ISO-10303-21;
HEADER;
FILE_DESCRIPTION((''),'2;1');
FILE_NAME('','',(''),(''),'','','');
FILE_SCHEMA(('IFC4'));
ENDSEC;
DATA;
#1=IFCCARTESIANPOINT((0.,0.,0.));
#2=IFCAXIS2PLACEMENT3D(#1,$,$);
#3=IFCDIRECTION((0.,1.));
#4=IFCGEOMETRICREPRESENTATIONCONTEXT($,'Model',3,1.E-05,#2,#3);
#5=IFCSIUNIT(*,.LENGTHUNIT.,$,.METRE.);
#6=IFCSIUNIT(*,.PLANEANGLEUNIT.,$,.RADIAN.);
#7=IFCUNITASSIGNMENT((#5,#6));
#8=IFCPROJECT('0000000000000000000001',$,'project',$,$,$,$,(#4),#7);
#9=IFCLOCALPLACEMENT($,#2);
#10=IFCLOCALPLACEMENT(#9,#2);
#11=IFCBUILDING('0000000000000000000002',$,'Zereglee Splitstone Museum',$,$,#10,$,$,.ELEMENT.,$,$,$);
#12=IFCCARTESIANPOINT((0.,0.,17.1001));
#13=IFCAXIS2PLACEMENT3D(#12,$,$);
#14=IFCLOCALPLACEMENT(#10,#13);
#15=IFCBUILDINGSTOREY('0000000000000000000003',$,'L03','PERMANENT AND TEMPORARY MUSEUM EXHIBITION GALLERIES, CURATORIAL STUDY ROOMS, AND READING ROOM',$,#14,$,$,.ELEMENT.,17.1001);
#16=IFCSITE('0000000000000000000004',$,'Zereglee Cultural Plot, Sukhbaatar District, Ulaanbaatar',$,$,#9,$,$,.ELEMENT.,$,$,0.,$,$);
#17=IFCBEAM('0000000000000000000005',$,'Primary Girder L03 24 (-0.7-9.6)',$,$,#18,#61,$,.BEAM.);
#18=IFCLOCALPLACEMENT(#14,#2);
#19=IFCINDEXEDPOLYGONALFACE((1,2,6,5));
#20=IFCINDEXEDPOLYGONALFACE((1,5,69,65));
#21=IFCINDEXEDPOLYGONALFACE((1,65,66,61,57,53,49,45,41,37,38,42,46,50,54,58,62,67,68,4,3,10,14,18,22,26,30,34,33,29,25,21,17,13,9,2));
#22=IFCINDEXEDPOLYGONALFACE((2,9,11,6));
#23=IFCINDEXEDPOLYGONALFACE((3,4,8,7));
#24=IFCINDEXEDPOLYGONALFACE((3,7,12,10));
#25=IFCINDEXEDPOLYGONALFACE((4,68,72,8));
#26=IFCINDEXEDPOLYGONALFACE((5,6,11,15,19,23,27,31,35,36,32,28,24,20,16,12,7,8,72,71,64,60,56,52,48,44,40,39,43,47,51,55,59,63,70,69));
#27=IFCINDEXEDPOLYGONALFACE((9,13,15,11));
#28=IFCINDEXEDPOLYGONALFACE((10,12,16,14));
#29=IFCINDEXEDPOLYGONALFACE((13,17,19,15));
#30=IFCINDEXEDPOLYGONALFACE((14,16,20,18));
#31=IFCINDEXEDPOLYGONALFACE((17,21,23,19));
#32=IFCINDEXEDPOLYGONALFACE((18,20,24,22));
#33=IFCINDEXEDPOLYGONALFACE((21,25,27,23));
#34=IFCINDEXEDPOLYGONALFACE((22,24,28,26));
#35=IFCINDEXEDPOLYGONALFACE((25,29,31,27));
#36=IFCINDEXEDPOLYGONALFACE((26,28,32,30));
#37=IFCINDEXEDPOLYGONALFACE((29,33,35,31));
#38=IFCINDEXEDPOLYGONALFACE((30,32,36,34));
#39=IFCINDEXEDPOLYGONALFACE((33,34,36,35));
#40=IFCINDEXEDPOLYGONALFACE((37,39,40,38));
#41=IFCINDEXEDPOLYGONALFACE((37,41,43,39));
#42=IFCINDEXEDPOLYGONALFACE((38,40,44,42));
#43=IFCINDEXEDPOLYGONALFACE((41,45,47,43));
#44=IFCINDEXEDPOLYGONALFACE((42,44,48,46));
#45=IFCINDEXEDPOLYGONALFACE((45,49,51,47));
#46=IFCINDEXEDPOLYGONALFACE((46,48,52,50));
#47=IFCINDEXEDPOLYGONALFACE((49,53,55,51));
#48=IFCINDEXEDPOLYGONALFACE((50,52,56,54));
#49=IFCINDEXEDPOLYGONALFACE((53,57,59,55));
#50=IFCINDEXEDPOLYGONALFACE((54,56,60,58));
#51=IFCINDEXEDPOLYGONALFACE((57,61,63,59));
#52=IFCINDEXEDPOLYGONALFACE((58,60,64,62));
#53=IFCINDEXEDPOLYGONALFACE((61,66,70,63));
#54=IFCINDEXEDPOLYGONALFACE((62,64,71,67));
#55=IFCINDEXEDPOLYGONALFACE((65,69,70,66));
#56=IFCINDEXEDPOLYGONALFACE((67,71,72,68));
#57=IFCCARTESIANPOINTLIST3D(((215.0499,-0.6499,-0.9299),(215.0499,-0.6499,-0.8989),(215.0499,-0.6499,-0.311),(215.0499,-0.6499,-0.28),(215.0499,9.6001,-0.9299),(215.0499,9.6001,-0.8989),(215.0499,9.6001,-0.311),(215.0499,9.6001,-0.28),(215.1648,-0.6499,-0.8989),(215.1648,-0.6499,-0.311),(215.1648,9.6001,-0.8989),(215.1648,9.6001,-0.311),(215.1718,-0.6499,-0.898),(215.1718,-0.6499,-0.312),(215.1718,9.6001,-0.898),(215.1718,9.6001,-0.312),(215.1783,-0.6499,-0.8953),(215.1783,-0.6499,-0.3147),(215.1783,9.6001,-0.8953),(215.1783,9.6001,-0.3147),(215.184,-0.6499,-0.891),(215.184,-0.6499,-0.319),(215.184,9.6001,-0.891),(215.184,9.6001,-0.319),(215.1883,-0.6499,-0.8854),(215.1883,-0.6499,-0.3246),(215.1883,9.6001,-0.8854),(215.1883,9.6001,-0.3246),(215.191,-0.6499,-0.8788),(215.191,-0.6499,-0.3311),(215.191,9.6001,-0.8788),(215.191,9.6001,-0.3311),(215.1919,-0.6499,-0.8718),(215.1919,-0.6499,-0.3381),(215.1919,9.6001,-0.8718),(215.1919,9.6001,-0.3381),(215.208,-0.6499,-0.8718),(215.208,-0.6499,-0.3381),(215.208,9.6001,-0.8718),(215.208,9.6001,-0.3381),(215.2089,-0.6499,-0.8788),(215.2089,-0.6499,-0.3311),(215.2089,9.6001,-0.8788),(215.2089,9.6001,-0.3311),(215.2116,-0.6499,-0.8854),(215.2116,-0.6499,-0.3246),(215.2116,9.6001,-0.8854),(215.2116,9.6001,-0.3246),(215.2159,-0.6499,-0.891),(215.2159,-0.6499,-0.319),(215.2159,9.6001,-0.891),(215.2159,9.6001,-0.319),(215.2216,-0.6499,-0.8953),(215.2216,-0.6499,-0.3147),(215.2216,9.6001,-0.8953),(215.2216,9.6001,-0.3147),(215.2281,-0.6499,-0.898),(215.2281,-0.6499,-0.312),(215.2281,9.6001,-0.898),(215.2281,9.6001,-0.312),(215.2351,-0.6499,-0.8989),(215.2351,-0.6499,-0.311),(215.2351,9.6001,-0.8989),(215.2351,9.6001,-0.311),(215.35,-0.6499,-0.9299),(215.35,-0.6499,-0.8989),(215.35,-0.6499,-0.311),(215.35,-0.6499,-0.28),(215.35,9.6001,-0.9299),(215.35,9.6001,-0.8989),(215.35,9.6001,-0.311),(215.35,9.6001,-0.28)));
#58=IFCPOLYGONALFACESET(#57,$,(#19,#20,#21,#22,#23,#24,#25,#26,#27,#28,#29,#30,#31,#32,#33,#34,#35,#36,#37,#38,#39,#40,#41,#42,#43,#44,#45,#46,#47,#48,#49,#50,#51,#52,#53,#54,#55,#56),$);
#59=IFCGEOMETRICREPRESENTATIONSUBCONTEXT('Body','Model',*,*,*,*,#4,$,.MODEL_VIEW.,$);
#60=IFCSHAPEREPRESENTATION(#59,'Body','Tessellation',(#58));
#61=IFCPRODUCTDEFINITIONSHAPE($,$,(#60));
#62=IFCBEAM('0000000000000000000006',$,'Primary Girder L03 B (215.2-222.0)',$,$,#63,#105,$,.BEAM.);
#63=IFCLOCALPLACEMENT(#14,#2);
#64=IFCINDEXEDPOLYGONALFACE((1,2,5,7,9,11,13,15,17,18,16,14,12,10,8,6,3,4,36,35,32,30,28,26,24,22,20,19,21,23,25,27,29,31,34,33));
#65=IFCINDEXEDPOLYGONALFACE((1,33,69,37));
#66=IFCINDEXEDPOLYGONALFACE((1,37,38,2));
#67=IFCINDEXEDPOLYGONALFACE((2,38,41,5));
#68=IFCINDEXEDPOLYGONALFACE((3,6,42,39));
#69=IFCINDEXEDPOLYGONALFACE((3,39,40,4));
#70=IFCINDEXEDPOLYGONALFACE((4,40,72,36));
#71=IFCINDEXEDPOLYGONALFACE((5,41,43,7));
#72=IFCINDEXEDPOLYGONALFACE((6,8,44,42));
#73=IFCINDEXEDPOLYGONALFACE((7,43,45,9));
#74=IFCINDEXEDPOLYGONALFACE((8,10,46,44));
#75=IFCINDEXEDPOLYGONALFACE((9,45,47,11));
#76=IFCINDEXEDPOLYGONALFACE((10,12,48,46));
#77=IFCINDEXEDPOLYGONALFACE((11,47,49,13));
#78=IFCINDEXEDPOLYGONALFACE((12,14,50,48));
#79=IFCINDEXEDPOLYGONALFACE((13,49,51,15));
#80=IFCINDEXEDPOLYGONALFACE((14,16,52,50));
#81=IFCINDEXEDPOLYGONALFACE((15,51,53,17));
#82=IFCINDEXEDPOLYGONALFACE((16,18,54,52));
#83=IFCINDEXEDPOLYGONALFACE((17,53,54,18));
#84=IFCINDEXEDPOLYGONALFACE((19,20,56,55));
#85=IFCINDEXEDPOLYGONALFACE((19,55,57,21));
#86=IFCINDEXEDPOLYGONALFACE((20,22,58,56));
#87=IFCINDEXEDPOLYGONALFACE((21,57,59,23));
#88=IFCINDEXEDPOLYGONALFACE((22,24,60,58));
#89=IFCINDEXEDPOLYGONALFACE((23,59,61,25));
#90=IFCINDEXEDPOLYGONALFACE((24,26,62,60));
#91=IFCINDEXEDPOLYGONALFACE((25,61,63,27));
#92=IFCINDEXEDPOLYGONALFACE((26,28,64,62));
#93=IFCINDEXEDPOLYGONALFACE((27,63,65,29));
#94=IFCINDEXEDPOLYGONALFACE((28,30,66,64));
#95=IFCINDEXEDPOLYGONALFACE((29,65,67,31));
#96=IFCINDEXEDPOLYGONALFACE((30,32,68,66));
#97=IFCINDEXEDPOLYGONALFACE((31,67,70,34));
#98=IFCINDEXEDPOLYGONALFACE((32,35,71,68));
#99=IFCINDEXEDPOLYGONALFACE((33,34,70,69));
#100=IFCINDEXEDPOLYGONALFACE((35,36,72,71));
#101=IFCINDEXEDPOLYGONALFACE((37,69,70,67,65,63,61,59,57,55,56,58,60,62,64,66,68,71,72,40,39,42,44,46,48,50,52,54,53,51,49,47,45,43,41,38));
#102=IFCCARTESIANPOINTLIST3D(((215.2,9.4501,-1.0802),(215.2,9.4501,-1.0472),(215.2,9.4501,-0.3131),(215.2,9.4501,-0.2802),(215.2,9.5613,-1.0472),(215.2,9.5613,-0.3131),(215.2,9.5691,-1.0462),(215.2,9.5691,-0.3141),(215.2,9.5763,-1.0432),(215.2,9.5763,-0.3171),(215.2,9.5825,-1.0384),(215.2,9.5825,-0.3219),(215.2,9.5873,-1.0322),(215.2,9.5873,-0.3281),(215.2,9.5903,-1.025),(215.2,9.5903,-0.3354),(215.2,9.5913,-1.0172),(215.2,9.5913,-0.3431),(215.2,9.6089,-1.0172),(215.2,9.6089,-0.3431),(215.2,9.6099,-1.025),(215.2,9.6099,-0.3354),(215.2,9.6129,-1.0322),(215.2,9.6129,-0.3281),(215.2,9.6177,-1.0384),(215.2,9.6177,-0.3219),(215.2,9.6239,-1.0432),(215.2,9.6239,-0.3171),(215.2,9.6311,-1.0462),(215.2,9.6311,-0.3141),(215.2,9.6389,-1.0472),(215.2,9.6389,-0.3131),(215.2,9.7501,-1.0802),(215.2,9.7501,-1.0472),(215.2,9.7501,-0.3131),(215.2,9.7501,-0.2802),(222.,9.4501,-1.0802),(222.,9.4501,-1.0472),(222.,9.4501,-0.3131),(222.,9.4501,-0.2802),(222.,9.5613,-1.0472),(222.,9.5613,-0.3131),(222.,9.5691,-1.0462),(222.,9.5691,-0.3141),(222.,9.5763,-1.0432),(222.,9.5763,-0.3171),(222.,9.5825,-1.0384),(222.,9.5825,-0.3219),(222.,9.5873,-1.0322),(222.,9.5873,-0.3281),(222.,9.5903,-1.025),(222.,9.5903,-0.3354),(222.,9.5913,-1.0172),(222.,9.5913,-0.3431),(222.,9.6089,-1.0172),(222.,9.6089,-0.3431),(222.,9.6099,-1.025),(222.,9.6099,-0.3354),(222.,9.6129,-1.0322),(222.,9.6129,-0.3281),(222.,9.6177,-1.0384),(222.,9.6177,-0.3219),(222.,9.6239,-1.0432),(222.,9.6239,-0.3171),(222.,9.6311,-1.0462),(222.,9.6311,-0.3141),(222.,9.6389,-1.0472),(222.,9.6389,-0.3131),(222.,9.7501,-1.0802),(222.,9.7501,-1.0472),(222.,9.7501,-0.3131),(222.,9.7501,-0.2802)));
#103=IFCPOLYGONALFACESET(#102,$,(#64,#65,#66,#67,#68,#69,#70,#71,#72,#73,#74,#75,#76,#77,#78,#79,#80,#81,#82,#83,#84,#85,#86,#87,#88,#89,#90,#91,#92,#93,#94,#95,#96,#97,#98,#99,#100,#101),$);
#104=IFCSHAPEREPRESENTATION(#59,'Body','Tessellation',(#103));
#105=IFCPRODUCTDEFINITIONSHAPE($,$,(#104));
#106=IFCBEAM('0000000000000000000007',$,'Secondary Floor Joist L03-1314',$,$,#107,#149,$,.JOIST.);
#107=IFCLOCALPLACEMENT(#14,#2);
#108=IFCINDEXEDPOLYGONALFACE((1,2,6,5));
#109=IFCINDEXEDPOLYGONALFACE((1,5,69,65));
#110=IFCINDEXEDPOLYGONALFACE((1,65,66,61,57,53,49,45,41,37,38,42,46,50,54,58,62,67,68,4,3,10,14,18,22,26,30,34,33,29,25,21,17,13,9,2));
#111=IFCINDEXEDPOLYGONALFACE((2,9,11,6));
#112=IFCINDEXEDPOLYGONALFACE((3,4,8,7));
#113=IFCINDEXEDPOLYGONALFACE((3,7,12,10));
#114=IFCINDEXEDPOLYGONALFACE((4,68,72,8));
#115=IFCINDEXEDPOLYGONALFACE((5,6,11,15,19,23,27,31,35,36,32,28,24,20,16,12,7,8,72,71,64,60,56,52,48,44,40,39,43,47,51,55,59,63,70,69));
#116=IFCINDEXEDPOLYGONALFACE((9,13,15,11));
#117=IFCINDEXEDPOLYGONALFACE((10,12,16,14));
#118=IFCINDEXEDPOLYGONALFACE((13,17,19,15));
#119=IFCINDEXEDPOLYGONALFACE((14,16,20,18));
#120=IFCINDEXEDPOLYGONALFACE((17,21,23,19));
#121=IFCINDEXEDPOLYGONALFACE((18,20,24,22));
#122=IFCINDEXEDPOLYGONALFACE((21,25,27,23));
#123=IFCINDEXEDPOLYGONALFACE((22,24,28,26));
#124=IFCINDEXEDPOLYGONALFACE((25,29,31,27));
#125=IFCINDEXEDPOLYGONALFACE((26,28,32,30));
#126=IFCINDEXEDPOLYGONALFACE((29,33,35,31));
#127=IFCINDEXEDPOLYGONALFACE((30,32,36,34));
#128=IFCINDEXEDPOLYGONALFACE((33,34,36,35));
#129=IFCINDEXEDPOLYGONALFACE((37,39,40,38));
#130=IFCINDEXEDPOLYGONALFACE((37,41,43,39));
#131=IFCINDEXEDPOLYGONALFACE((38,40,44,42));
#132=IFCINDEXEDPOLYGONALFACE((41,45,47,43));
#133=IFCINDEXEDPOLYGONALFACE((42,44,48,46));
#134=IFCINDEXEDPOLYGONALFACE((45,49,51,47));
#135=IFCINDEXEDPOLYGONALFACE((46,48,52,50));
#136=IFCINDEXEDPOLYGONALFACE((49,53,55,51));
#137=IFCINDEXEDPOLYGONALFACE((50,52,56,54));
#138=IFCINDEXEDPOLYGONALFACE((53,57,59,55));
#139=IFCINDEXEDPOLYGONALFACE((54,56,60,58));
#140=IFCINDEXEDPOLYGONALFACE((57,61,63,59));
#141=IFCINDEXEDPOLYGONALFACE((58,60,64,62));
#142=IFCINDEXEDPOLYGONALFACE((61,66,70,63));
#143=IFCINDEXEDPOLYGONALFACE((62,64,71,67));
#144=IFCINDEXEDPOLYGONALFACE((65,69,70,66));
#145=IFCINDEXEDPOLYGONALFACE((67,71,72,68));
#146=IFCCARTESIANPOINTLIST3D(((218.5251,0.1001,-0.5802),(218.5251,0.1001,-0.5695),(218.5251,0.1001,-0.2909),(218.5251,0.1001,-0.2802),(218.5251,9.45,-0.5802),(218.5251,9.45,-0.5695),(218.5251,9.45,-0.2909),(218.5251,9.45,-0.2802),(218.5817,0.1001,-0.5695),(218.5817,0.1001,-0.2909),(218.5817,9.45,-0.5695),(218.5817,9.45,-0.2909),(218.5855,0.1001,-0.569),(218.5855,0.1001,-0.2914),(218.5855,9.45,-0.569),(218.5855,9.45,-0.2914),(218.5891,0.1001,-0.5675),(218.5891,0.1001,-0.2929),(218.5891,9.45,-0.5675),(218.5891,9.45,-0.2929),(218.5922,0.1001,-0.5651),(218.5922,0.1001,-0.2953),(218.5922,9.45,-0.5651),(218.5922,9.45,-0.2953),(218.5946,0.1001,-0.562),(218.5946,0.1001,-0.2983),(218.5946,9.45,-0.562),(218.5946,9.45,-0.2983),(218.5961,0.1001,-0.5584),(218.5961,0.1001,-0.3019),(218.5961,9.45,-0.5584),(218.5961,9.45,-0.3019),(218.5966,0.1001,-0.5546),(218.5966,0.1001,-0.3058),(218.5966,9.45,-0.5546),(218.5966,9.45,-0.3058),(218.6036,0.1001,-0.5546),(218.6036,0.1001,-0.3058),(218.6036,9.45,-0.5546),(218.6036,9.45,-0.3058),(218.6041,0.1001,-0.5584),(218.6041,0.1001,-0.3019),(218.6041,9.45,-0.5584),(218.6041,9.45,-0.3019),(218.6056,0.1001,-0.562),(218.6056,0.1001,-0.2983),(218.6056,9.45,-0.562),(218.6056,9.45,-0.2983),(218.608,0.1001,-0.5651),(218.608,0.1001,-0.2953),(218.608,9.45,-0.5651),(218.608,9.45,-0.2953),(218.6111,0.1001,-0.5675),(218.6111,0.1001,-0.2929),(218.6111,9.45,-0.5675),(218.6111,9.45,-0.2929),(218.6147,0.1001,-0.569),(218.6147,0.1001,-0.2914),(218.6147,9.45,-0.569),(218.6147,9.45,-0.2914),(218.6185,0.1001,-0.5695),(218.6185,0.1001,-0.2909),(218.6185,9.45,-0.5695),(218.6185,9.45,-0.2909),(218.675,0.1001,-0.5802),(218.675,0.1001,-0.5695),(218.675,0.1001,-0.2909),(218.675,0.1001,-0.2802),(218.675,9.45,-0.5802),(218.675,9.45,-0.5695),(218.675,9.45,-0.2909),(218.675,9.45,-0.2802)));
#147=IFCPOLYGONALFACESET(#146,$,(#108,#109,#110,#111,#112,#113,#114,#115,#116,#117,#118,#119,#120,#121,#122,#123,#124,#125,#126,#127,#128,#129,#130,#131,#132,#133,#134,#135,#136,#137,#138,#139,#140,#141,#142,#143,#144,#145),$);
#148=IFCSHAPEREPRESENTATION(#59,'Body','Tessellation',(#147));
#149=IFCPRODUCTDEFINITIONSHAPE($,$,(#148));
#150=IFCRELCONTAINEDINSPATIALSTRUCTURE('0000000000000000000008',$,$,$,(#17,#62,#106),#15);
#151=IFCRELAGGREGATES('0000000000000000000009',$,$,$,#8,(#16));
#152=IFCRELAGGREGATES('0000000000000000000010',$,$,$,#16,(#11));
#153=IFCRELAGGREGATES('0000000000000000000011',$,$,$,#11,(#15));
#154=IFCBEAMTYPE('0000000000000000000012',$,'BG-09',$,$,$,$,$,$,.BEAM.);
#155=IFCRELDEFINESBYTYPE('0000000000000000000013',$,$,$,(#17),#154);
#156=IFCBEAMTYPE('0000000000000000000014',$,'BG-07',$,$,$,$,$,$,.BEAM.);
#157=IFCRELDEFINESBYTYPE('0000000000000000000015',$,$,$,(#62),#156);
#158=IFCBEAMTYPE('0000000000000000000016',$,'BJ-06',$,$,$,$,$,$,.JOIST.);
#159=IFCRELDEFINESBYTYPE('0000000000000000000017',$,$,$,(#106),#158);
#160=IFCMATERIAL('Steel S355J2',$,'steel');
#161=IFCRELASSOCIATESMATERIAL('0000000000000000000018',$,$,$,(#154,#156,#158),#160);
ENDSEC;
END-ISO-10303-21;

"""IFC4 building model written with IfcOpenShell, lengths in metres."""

from ifc_helpers import new_model, si_unit, direction, frame, origin, origin_2d, place, context, subcontext, project, spatial, i_section, extrude, material, material_profile, profile_set, type_object, element, save


model = new_model("IFC4")

# Units and contexts
model_context = context("Model", 3, precision=1e-05, world=origin(), true_north=direction((0.0, 1.0)))
body_context = subcontext(model_context, "Body", "Model", "MODEL_VIEW")
ifc_project = project(units=[si_unit("LENGTHUNIT", "METRE"), si_unit("PLANEANGLEUNIT", "RADIAN")], contexts=[model_context])

# Site, building, storey
site_placement = place(None, origin())
site = spatial("IfcSite", under=ifc_project, at=site_placement, Name="Zereglee Cultural Plot, Sukhbaatar District, Ulaanbaatar", CompositionType="ELEMENT", RefElevation=0.0)
building_placement = place(site_placement, origin())
building = spatial("IfcBuilding", under=site, at=building_placement, Name="Zereglee Splitstone Museum", CompositionType="ELEMENT")
storey_placement = place(building_placement, frame((0.0, 0.0, 17.1001)))
storey = spatial("IfcBuildingStorey", under=building, at=storey_placement, Name="L03", Description="PERMANENT AND TEMPORARY MUSEUM EXHIBITION GALLERIES, CURATORIAL STUDY ROOMS, AND READING ROOM", CompositionType="ELEMENT", Elevation=17.1001)

# Shared definitions
ifc_material_1 = material(Name="Steel S355J2", Category="steel")

# Beams
ifc_material_profile_1 = material_profile(ifc_material_1, i_section(OverallWidth=0.3, OverallDepth=0.6499, WebThickness=0.0161, FlangeThickness=0.031, FilletRadius=0.0271, at=origin_2d()), Name="HE 650 B")
ifc_profile_set_1 = profile_set([ifc_material_profile_1], Name="Steel S355J2")
beam_type_1 = type_object("IfcBeamType", Name="BG-09", PredefinedType="BEAM", material=ifc_profile_set_1)
beam_1_placement = place(storey_placement, frame((215.2, -0.6499, -0.605), z_axis=(0.0, 1.0, 0.0), x_axis=(-1.0, 0.0, 0.0)))
element("IfcBeam", 1, at=beam_1_placement, inside=storey, type_object=beam_type_1, Name="Primary Girder L03 24 (-0.7-9.6)", PredefinedType="BEAM", context=body_context, shape_type="SweptSolid", body=[
    extrude(i_section(OverallWidth=0.3, OverallDepth=0.6499, WebThickness=0.0161, FlangeThickness=0.031, FilletRadius=0.0271, at=origin_2d()), origin(), (0.0, 0.0, 1.0), 10.25),
])
ifc_material_profile_2 = material_profile(ifc_material_1, i_section(OverallWidth=0.3, OverallDepth=0.8, WebThickness=0.0176, FlangeThickness=0.033, FilletRadius=0.03, at=origin_2d()), Name="HE 800 B")
ifc_profile_set_2 = profile_set([ifc_material_profile_2], Name="Steel S355J2")
beam_type_2 = type_object("IfcBeamType", Name="BG-07", PredefinedType="BEAM", material=ifc_profile_set_2)
beam_2_placement = place(storey_placement, frame((215.2, 9.6001, -0.6802), z_axis=(1.0, 0.0, 0.0), x_axis=(0.0, 1.0, 0.0)))
element("IfcBeam", 2, at=beam_2_placement, inside=storey, type_object=beam_type_2, Name="Primary Girder L03 B (215.2-222.0)", PredefinedType="BEAM", context=body_context, shape_type="SweptSolid", body=[
    extrude(i_section(OverallWidth=0.3, OverallDepth=0.8, WebThickness=0.0176, FlangeThickness=0.033, FilletRadius=0.03, at=origin_2d()), origin(), (0.0, 0.0, 1.0), 6.8),
])
ifc_material_profile_3 = material_profile(ifc_material_1, i_section(OverallWidth=0.1499, OverallDepth=0.3, WebThickness=0.0071, FlangeThickness=0.0107, FilletRadius=0.0149, at=origin_2d()), Name="IPE 300")
ifc_profile_set_3 = profile_set([ifc_material_profile_3], Name="Steel S355J2")
beam_type_3 = type_object("IfcBeamType", Name="BJ-06", PredefinedType="JOIST", material=ifc_profile_set_3)
beam_3_placement = place(storey_placement, frame((218.6001, 0.1001, -0.4302), z_axis=(0.0, 1.0, 0.0), x_axis=(-1.0, 0.0, 0.0)))
element("IfcBeam", 3, at=beam_3_placement, inside=storey, type_object=beam_type_3, Name="Secondary Floor Joist L03-1314", PredefinedType="JOIST", context=body_context, shape_type="SweptSolid", body=[
    extrude(i_section(OverallWidth=0.1499, OverallDepth=0.3, WebThickness=0.0071, FlangeThickness=0.0107, FilletRadius=0.0149, at=origin_2d()), origin(), (0.0, 0.0, 1.0), 9.3499),
])

save(model, "model.ifc")
